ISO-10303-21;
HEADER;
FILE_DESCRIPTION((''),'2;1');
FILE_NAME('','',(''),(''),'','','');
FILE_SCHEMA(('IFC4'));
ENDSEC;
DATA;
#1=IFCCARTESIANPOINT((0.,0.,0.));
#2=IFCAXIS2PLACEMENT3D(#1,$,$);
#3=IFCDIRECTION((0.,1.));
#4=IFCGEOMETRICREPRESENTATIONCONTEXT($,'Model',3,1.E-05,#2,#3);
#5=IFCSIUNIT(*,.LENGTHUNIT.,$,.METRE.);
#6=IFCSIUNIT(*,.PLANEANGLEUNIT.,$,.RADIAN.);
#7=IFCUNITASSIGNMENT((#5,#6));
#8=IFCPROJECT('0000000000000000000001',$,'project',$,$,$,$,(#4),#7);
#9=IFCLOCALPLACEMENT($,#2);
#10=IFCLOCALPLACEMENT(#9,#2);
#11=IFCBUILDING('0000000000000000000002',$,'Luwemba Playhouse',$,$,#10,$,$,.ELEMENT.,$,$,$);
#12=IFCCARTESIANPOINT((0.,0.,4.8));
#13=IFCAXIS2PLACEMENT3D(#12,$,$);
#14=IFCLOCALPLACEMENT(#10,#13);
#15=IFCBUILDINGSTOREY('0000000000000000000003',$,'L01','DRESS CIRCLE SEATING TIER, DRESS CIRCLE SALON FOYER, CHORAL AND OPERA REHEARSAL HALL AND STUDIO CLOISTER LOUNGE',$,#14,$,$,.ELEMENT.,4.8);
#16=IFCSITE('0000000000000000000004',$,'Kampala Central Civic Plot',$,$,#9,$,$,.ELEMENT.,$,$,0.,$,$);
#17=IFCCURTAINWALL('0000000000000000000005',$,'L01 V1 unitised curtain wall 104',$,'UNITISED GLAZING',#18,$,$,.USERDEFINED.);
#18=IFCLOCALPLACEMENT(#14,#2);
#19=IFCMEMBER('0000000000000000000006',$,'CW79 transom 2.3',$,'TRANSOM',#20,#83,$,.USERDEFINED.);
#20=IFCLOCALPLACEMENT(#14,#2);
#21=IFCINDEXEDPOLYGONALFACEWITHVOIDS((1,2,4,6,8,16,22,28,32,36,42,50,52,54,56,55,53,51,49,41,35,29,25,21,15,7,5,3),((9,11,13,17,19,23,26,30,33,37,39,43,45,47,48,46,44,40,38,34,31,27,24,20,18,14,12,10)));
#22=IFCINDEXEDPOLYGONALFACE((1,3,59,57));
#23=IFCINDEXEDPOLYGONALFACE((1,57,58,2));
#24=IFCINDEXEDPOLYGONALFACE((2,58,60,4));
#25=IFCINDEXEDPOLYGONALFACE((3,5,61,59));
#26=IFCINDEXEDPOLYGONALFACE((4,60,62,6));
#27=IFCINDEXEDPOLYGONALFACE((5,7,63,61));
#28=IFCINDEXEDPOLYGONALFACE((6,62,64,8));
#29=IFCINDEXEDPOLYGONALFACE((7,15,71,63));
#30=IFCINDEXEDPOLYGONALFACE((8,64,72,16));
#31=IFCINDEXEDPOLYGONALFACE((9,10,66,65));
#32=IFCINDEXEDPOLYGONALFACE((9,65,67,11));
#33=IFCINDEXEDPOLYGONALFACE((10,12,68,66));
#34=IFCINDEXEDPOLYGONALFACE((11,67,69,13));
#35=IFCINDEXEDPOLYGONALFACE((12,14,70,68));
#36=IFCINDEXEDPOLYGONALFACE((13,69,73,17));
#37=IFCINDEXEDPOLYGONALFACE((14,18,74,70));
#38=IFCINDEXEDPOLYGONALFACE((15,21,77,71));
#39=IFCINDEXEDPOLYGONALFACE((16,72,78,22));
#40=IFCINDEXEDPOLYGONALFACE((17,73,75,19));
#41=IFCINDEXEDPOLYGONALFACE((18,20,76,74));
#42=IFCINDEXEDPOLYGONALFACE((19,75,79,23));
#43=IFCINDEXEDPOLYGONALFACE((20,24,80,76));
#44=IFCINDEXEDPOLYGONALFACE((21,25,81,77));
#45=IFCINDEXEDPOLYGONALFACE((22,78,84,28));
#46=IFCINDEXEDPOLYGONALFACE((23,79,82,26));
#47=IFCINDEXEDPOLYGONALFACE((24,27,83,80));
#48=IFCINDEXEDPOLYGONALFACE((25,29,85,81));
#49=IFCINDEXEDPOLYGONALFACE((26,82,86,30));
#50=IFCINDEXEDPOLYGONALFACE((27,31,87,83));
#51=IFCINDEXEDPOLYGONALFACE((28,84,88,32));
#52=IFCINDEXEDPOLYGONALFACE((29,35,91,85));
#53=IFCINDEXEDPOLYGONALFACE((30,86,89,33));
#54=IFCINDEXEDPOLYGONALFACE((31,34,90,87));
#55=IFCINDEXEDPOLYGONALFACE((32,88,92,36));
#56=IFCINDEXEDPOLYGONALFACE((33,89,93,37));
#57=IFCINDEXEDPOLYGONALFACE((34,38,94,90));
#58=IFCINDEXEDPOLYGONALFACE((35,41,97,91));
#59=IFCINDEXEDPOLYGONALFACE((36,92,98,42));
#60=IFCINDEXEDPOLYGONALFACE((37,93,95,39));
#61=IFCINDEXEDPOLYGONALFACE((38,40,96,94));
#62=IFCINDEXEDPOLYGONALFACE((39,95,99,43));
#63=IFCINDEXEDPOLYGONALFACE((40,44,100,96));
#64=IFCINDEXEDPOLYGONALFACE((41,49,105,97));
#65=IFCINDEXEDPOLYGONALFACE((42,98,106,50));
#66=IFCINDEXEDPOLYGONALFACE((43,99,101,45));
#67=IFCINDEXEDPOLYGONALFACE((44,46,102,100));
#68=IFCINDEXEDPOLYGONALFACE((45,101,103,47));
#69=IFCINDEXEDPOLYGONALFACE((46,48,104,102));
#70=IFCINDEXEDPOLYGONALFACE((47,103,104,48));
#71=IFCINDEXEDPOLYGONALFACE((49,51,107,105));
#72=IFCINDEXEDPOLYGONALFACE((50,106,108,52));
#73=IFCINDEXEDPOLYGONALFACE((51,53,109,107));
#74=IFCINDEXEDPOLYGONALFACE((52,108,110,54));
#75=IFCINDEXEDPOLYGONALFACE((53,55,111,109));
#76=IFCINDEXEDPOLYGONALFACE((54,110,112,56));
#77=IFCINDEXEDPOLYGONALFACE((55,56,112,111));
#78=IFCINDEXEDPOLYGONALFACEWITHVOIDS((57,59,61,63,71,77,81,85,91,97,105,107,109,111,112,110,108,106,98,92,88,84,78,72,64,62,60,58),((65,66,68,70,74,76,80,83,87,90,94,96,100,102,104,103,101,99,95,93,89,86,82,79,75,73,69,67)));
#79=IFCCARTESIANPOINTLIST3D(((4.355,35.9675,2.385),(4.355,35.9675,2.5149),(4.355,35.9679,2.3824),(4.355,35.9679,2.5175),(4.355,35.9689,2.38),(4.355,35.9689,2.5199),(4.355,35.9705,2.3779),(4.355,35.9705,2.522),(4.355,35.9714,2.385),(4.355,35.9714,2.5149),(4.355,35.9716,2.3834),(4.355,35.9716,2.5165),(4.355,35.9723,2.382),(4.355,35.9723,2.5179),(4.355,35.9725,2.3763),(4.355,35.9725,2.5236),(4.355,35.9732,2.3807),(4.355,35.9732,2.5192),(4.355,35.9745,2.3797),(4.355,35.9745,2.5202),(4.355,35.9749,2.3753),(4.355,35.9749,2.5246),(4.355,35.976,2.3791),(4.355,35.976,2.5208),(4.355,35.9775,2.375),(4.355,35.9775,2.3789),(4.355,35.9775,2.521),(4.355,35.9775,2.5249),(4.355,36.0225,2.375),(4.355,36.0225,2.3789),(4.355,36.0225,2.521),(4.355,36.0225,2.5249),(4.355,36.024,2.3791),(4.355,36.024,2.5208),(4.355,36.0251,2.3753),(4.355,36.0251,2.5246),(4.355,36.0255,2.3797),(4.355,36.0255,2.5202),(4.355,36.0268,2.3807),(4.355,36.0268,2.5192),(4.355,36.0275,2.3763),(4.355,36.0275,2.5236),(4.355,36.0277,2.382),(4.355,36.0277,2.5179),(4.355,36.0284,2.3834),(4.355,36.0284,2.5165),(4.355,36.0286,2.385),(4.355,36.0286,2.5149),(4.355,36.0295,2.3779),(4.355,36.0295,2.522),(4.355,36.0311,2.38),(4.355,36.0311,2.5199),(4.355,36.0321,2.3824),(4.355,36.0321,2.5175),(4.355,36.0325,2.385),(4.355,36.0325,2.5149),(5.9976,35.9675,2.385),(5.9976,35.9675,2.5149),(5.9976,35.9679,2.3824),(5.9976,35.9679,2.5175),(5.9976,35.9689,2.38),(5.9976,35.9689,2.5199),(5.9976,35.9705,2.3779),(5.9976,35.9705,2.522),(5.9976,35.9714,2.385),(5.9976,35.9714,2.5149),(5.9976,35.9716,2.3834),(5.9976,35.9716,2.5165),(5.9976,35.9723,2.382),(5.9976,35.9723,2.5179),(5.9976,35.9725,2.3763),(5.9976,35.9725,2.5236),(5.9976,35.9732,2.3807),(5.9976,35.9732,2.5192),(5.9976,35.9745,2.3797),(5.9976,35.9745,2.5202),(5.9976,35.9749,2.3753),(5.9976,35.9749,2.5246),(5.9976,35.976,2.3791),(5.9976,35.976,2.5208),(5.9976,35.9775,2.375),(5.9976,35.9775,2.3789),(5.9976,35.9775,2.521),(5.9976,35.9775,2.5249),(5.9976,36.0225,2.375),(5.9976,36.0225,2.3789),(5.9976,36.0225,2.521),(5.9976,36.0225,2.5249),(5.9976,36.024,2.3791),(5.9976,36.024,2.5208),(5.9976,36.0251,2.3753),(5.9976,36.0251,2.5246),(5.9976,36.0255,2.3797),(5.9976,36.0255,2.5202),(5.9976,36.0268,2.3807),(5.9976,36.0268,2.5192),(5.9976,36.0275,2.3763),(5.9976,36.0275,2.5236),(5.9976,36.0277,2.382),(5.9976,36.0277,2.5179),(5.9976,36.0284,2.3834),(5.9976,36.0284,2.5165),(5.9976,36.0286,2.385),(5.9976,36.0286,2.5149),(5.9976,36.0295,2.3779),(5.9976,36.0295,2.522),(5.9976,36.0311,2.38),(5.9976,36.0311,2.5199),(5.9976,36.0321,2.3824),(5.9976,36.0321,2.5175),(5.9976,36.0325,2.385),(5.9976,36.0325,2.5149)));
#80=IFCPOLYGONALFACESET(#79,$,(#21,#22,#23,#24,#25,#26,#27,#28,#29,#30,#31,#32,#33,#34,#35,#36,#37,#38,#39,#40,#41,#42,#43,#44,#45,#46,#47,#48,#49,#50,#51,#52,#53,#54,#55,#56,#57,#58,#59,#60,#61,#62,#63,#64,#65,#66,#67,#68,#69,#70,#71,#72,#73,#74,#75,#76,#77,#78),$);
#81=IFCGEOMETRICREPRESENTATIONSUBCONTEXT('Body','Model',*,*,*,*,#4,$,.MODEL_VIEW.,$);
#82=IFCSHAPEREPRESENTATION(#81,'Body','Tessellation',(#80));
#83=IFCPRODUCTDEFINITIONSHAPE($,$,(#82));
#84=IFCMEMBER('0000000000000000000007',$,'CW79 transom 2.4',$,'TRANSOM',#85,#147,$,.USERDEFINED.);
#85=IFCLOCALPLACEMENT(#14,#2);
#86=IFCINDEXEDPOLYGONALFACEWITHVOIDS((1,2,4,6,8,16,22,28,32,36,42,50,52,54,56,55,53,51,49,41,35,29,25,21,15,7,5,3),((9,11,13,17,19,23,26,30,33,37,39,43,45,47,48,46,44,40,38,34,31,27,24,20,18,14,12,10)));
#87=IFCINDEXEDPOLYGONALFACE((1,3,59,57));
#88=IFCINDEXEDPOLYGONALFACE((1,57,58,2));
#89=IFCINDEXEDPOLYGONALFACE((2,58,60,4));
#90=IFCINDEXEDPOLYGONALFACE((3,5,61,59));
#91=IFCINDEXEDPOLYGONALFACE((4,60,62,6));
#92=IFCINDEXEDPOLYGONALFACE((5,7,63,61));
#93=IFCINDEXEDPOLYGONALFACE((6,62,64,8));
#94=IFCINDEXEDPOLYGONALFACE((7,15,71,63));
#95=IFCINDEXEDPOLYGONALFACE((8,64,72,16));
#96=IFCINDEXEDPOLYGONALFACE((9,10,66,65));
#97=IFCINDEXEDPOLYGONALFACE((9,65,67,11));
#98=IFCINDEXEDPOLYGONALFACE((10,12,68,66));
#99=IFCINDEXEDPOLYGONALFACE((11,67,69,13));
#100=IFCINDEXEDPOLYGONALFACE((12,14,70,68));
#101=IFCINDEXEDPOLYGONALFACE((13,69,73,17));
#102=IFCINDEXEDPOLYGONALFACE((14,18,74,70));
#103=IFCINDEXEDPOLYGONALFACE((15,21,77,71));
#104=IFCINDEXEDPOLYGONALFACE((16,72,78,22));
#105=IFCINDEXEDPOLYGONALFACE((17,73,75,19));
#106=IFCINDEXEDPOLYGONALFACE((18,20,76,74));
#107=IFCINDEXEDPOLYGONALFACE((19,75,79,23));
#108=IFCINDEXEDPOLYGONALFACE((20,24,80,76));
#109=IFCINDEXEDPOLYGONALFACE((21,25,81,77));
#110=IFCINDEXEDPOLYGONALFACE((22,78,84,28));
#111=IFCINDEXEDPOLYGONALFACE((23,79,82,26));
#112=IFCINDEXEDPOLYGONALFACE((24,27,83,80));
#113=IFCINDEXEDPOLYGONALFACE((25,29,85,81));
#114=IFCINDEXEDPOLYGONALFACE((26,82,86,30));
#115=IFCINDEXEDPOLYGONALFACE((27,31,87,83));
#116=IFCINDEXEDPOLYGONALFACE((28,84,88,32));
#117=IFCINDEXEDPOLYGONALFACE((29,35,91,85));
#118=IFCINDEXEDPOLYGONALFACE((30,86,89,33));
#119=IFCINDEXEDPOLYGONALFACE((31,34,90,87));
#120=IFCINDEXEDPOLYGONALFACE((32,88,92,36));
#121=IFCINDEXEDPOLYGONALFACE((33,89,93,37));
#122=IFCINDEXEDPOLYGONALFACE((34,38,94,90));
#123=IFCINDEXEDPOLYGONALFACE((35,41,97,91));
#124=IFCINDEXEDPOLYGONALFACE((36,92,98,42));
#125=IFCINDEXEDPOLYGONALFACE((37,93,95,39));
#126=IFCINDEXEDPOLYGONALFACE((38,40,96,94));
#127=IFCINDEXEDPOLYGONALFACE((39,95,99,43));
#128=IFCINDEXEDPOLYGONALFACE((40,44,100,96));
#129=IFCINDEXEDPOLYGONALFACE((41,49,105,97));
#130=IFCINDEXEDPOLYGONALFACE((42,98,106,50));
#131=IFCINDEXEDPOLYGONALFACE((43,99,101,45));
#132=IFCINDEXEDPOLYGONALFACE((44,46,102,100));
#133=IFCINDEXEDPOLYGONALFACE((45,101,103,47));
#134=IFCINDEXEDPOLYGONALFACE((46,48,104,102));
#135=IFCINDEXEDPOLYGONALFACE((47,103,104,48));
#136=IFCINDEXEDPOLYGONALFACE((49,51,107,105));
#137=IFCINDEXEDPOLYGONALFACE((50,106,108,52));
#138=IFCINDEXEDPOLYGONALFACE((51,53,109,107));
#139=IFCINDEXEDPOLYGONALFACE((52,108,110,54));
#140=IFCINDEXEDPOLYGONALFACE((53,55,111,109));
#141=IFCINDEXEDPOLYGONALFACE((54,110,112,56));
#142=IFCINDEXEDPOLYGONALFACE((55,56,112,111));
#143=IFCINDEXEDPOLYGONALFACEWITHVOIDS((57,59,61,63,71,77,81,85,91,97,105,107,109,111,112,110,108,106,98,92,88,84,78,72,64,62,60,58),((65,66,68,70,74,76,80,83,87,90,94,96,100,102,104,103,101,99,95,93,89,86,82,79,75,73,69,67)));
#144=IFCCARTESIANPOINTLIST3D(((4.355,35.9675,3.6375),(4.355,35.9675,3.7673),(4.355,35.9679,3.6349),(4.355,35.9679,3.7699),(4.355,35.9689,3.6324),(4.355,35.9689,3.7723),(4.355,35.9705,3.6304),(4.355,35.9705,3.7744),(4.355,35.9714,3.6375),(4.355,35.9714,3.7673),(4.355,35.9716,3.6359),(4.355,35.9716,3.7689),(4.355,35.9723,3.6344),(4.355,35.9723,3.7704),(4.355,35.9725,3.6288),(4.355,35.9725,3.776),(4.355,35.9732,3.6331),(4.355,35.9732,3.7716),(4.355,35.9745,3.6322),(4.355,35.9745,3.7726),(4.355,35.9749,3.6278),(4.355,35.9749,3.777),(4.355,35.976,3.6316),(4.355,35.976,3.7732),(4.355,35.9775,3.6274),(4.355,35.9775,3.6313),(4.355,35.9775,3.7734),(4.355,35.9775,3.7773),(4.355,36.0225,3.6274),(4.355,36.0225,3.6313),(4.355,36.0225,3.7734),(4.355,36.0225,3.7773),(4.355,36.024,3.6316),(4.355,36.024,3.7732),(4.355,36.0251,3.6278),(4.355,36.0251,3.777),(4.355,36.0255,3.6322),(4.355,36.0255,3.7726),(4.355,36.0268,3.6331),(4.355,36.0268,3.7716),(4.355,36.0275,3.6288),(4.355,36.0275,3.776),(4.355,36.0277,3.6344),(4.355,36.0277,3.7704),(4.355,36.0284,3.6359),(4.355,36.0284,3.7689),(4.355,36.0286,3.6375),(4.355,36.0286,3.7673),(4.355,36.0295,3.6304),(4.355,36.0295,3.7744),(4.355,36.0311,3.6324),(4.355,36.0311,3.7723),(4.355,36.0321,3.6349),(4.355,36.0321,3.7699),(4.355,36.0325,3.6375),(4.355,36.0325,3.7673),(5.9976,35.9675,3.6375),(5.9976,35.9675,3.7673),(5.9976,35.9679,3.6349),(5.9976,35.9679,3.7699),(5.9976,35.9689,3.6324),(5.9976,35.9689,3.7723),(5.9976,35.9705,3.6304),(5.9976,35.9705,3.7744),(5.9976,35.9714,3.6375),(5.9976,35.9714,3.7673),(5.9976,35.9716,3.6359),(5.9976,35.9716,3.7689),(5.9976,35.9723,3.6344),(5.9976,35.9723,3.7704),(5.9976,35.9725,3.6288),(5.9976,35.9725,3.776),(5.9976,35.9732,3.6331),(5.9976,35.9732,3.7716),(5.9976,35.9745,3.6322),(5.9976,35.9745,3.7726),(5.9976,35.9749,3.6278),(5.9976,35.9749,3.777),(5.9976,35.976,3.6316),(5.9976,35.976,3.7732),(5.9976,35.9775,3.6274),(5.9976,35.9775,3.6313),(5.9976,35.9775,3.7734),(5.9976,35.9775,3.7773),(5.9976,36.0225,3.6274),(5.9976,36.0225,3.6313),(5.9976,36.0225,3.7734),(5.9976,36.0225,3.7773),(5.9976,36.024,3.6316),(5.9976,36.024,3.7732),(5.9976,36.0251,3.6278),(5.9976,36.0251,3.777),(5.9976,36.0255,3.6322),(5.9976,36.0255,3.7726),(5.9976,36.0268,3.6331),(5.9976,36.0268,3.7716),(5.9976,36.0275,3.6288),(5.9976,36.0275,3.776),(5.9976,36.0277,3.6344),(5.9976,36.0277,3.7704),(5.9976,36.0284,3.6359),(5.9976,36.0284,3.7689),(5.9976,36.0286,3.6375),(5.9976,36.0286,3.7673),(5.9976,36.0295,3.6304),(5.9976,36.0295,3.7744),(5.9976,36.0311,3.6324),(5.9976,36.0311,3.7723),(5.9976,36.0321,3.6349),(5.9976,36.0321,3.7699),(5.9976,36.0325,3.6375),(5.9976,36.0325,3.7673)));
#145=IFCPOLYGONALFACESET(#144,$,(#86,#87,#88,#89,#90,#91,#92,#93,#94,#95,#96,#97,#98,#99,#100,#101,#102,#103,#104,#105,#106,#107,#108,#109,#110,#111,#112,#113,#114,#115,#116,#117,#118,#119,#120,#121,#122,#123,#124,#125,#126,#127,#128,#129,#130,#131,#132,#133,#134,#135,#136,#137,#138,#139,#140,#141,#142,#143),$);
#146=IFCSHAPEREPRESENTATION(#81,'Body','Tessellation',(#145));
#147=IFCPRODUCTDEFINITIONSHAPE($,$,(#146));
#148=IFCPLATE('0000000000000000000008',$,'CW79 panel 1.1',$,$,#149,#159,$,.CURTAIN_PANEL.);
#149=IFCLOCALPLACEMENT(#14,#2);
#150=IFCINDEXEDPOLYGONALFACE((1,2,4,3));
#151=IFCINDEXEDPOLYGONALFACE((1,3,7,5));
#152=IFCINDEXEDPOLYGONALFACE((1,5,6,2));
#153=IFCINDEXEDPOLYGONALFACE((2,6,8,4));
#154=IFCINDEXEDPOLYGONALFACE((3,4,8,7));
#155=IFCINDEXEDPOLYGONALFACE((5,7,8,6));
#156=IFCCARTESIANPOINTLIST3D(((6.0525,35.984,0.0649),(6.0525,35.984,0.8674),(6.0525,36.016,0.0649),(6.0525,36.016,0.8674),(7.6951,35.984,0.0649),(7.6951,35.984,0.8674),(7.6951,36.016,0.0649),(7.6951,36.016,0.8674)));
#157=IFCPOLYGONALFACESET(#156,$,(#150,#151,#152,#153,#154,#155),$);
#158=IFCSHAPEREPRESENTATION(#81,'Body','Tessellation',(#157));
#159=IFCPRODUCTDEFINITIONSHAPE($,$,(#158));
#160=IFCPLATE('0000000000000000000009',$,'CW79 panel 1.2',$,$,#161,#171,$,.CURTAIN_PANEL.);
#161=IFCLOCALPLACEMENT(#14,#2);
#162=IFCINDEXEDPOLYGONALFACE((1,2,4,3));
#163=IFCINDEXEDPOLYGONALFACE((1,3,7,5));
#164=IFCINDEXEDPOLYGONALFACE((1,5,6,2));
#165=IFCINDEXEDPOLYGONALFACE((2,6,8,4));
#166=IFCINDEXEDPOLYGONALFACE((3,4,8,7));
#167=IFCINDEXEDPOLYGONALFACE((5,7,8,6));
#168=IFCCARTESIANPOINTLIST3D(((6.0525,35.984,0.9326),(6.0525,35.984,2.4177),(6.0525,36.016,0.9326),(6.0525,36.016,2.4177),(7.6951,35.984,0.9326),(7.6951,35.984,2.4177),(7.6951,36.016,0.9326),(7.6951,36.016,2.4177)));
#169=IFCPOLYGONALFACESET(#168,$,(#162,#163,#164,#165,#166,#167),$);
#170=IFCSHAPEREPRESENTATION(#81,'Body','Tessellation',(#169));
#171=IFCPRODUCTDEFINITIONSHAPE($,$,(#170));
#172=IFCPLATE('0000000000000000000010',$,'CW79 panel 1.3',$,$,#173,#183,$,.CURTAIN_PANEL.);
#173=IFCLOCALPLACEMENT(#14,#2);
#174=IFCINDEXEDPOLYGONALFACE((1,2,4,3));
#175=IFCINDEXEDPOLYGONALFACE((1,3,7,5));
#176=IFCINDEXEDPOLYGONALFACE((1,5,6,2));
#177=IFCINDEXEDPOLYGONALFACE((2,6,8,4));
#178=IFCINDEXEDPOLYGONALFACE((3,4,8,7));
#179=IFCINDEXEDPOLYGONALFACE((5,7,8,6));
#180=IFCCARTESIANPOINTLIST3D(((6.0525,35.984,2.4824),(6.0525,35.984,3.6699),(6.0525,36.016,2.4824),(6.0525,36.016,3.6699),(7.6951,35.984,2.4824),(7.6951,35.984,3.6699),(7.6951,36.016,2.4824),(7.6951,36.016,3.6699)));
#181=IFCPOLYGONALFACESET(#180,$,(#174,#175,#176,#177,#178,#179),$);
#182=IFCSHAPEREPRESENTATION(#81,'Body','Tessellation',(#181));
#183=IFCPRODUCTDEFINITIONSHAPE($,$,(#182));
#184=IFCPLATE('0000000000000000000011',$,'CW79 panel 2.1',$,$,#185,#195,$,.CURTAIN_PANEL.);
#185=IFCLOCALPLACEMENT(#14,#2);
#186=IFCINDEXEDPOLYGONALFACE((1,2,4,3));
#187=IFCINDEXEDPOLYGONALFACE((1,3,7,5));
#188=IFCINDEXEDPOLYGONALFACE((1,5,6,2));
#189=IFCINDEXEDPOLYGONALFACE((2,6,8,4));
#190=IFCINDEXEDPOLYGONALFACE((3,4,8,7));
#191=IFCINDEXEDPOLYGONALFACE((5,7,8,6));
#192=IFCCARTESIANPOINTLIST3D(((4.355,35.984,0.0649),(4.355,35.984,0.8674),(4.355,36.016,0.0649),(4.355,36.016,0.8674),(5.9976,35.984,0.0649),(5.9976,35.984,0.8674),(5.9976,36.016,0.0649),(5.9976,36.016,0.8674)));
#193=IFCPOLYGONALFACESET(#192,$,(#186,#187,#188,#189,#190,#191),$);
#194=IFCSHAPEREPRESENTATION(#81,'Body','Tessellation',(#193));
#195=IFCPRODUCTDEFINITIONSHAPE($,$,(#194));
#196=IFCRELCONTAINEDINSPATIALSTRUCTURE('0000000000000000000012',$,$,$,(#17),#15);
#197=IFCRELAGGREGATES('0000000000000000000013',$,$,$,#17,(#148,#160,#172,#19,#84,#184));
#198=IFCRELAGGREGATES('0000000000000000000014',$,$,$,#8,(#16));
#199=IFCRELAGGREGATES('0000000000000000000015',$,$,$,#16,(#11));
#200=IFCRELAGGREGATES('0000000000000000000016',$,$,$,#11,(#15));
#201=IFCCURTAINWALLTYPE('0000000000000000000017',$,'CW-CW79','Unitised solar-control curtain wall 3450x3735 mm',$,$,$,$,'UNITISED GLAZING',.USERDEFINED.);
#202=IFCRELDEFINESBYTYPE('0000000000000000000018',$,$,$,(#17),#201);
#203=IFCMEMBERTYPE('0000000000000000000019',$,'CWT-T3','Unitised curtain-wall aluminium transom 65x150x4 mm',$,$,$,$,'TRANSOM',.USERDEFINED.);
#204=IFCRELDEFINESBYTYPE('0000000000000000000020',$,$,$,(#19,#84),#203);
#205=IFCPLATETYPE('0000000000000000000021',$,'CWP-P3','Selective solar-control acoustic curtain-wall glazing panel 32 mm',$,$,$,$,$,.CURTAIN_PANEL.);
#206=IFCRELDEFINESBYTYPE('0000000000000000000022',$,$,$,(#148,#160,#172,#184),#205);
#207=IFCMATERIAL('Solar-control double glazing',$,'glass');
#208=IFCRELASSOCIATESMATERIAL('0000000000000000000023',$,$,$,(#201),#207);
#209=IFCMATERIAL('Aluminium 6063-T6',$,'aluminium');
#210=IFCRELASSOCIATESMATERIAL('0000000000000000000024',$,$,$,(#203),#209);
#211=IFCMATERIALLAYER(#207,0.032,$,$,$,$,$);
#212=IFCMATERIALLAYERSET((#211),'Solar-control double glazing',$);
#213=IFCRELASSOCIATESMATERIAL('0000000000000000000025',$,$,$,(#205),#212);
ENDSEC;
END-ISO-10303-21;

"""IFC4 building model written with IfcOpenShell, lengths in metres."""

from ifc_helpers import new_model, si_unit, direction, frame, origin, origin_2d, place, context, subcontext, project, spatial, rectangle, hollow_rectangle, extrude, material, layer, layer_set, material_profile, profile_set, type_object, element, aggregate, save


model = new_model("IFC4")

# Units and contexts
model_context = context("Model", 3, precision=1e-05, world=origin(), true_north=direction((0.0, 1.0)))
body_context = subcontext(model_context, "Body", "Model", "MODEL_VIEW")
ifc_project = project(units=[si_unit("LENGTHUNIT", "METRE"), si_unit("PLANEANGLEUNIT", "RADIAN")], contexts=[model_context])

# Site, building, storey
site_placement = place(None, origin())
site = spatial("IfcSite", under=ifc_project, at=site_placement, Name="Kampala Central Civic Plot", CompositionType="ELEMENT", RefElevation=0.0)
building_placement = place(site_placement, origin())
building = spatial("IfcBuilding", under=site, at=building_placement, Name="Luwemba Playhouse", CompositionType="ELEMENT")
storey_placement = place(building_placement, frame((0.0, 0.0, 4.8)))
storey = spatial("IfcBuildingStorey", under=building, at=storey_placement, Name="L01", Description="DRESS CIRCLE SEATING TIER, DRESS CIRCLE SALON FOYER, CHORAL AND OPERA REHEARSAL HALL AND STUDIO CLOISTER LOUNGE", CompositionType="ELEMENT", Elevation=4.8)

# Curtain wall, members, plates
ifc_material_1 = material(Name="Solar-control double glazing", Category="glass")
curtain_wall_type = type_object("IfcCurtainWallType", Name="CW-CW79", Description="Unitised solar-control curtain wall 3450x3735 mm", ElementType="UNITISED GLAZING", PredefinedType="USERDEFINED", material=ifc_material_1)
curtain_wall_placement = place(storey_placement, origin())
curtain_wall = element("IfcCurtainWall", 1, at=curtain_wall_placement, inside=storey, type_object=curtain_wall_type, Name="L01 V1 unitised curtain wall 104", ObjectType="UNITISED GLAZING", PredefinedType="USERDEFINED")
ifc_material_2 = material(Name="Aluminium 6063-T6", Category="aluminium")
ifc_material_profile_1 = material_profile(ifc_material_2, hollow_rectangle(XDim=0.0649, YDim=0.1499, WallThickness=0.0039, InnerFilletRadius=0.0061, OuterFilletRadius=0.01, at=origin_2d()))
ifc_profile_set_1 = profile_set([ifc_material_profile_1], Name="Aluminium 6063-T6")
member_type_1 = type_object("IfcMemberType", Name="CWT-T3", Description="Unitised curtain-wall aluminium transom 65x150x4 mm", ElementType="TRANSOM", PredefinedType="USERDEFINED", material=ifc_profile_set_1)
member_1_placement = place(storey_placement, frame((5.9976, 36.0, 2.45), z_axis=(-1.0, 0.0, 0.0), x_axis=(0.0, -1.0, 0.0)))
member_1 = element("IfcMember", 2, at=member_1_placement, type_object=member_type_1, Name="CW79 transom 2.3", ObjectType="TRANSOM", PredefinedType="USERDEFINED", context=body_context, shape_type="SweptSolid", body=[
    extrude(hollow_rectangle(XDim=0.0649, YDim=0.1499, WallThickness=0.0039, InnerFilletRadius=0.0061, OuterFilletRadius=0.01, at=origin_2d()), origin(), (0.0, 0.0, 1.0), 1.6426),
])
member_2_placement = place(storey_placement, frame((5.9976, 36.0, 3.7024), z_axis=(-1.0, 0.0, 0.0), x_axis=(0.0, -1.0, 0.0)))
member_2 = element("IfcMember", 3, at=member_2_placement, type_object=member_type_1, Name="CW79 transom 2.4", ObjectType="TRANSOM", PredefinedType="USERDEFINED", context=body_context, shape_type="SweptSolid", body=[
    extrude(hollow_rectangle(XDim=0.0649, YDim=0.1499, WallThickness=0.0039, InnerFilletRadius=0.0061, OuterFilletRadius=0.01, at=origin_2d()), origin(), (0.0, 0.0, 1.0), 1.6426),
])
ifc_layer_1 = layer(ifc_material_1, 0.032)
ifc_layer_set_1 = layer_set([ifc_layer_1], Name="Solar-control double glazing")
plate_type = type_object("IfcPlateType", Name="CWP-P3", Description="Selective solar-control acoustic curtain-wall glazing panel 32 mm", PredefinedType="CURTAIN_PANEL", material=ifc_layer_set_1)
plate_1_placement = place(storey_placement, frame((6.8738, 36.0, 0.0649), z_axis=(0.0, 0.0, 1.0), x_axis=(-1.0, 0.0, 0.0)))
plate_1 = element("IfcPlate", 4, at=plate_1_placement, type_object=plate_type, Name="CW79 panel 1.1", PredefinedType="CURTAIN_PANEL", context=body_context, shape_type="SweptSolid", body=[
    extrude(rectangle(XDim=1.6426, YDim=0.032, at=origin_2d()), origin(), (0.0, 0.0, 1.0), 0.8025),
])
plate_2_placement = place(storey_placement, frame((6.8738, 36.0, 0.9326), z_axis=(0.0, 0.0, 1.0), x_axis=(-1.0, 0.0, 0.0)))
plate_2 = element("IfcPlate", 5, at=plate_2_placement, type_object=plate_type, Name="CW79 panel 1.2", PredefinedType="CURTAIN_PANEL", context=body_context, shape_type="SweptSolid", body=[
    extrude(rectangle(XDim=1.6426, YDim=0.032, at=origin_2d()), origin(), (0.0, 0.0, 1.0), 1.4851),
])
plate_3_placement = place(storey_placement, frame((6.8738, 36.0, 2.4824), z_axis=(0.0, 0.0, 1.0), x_axis=(-1.0, 0.0, 0.0)))
plate_3 = element("IfcPlate", 6, at=plate_3_placement, type_object=plate_type, Name="CW79 panel 1.3", PredefinedType="CURTAIN_PANEL", context=body_context, shape_type="SweptSolid", body=[
    extrude(rectangle(XDim=1.6426, YDim=0.032, at=origin_2d()), origin(), (0.0, 0.0, 1.0), 1.1875),
])
plate_4_placement = place(storey_placement, frame((5.1763, 36.0, 0.0649), z_axis=(0.0, 0.0, 1.0), x_axis=(-1.0, 0.0, 0.0)))
plate_4 = element("IfcPlate", 7, at=plate_4_placement, type_object=plate_type, Name="CW79 panel 2.1", PredefinedType="CURTAIN_PANEL", context=body_context, shape_type="SweptSolid", body=[
    extrude(rectangle(XDim=1.6426, YDim=0.032, at=origin_2d()), origin(), (0.0, 0.0, 1.0), 0.8025),
])
aggregate(curtain_wall, [plate_1, plate_2, plate_3, member_1, member_2, plate_4])

save(model, "model.ifc")
